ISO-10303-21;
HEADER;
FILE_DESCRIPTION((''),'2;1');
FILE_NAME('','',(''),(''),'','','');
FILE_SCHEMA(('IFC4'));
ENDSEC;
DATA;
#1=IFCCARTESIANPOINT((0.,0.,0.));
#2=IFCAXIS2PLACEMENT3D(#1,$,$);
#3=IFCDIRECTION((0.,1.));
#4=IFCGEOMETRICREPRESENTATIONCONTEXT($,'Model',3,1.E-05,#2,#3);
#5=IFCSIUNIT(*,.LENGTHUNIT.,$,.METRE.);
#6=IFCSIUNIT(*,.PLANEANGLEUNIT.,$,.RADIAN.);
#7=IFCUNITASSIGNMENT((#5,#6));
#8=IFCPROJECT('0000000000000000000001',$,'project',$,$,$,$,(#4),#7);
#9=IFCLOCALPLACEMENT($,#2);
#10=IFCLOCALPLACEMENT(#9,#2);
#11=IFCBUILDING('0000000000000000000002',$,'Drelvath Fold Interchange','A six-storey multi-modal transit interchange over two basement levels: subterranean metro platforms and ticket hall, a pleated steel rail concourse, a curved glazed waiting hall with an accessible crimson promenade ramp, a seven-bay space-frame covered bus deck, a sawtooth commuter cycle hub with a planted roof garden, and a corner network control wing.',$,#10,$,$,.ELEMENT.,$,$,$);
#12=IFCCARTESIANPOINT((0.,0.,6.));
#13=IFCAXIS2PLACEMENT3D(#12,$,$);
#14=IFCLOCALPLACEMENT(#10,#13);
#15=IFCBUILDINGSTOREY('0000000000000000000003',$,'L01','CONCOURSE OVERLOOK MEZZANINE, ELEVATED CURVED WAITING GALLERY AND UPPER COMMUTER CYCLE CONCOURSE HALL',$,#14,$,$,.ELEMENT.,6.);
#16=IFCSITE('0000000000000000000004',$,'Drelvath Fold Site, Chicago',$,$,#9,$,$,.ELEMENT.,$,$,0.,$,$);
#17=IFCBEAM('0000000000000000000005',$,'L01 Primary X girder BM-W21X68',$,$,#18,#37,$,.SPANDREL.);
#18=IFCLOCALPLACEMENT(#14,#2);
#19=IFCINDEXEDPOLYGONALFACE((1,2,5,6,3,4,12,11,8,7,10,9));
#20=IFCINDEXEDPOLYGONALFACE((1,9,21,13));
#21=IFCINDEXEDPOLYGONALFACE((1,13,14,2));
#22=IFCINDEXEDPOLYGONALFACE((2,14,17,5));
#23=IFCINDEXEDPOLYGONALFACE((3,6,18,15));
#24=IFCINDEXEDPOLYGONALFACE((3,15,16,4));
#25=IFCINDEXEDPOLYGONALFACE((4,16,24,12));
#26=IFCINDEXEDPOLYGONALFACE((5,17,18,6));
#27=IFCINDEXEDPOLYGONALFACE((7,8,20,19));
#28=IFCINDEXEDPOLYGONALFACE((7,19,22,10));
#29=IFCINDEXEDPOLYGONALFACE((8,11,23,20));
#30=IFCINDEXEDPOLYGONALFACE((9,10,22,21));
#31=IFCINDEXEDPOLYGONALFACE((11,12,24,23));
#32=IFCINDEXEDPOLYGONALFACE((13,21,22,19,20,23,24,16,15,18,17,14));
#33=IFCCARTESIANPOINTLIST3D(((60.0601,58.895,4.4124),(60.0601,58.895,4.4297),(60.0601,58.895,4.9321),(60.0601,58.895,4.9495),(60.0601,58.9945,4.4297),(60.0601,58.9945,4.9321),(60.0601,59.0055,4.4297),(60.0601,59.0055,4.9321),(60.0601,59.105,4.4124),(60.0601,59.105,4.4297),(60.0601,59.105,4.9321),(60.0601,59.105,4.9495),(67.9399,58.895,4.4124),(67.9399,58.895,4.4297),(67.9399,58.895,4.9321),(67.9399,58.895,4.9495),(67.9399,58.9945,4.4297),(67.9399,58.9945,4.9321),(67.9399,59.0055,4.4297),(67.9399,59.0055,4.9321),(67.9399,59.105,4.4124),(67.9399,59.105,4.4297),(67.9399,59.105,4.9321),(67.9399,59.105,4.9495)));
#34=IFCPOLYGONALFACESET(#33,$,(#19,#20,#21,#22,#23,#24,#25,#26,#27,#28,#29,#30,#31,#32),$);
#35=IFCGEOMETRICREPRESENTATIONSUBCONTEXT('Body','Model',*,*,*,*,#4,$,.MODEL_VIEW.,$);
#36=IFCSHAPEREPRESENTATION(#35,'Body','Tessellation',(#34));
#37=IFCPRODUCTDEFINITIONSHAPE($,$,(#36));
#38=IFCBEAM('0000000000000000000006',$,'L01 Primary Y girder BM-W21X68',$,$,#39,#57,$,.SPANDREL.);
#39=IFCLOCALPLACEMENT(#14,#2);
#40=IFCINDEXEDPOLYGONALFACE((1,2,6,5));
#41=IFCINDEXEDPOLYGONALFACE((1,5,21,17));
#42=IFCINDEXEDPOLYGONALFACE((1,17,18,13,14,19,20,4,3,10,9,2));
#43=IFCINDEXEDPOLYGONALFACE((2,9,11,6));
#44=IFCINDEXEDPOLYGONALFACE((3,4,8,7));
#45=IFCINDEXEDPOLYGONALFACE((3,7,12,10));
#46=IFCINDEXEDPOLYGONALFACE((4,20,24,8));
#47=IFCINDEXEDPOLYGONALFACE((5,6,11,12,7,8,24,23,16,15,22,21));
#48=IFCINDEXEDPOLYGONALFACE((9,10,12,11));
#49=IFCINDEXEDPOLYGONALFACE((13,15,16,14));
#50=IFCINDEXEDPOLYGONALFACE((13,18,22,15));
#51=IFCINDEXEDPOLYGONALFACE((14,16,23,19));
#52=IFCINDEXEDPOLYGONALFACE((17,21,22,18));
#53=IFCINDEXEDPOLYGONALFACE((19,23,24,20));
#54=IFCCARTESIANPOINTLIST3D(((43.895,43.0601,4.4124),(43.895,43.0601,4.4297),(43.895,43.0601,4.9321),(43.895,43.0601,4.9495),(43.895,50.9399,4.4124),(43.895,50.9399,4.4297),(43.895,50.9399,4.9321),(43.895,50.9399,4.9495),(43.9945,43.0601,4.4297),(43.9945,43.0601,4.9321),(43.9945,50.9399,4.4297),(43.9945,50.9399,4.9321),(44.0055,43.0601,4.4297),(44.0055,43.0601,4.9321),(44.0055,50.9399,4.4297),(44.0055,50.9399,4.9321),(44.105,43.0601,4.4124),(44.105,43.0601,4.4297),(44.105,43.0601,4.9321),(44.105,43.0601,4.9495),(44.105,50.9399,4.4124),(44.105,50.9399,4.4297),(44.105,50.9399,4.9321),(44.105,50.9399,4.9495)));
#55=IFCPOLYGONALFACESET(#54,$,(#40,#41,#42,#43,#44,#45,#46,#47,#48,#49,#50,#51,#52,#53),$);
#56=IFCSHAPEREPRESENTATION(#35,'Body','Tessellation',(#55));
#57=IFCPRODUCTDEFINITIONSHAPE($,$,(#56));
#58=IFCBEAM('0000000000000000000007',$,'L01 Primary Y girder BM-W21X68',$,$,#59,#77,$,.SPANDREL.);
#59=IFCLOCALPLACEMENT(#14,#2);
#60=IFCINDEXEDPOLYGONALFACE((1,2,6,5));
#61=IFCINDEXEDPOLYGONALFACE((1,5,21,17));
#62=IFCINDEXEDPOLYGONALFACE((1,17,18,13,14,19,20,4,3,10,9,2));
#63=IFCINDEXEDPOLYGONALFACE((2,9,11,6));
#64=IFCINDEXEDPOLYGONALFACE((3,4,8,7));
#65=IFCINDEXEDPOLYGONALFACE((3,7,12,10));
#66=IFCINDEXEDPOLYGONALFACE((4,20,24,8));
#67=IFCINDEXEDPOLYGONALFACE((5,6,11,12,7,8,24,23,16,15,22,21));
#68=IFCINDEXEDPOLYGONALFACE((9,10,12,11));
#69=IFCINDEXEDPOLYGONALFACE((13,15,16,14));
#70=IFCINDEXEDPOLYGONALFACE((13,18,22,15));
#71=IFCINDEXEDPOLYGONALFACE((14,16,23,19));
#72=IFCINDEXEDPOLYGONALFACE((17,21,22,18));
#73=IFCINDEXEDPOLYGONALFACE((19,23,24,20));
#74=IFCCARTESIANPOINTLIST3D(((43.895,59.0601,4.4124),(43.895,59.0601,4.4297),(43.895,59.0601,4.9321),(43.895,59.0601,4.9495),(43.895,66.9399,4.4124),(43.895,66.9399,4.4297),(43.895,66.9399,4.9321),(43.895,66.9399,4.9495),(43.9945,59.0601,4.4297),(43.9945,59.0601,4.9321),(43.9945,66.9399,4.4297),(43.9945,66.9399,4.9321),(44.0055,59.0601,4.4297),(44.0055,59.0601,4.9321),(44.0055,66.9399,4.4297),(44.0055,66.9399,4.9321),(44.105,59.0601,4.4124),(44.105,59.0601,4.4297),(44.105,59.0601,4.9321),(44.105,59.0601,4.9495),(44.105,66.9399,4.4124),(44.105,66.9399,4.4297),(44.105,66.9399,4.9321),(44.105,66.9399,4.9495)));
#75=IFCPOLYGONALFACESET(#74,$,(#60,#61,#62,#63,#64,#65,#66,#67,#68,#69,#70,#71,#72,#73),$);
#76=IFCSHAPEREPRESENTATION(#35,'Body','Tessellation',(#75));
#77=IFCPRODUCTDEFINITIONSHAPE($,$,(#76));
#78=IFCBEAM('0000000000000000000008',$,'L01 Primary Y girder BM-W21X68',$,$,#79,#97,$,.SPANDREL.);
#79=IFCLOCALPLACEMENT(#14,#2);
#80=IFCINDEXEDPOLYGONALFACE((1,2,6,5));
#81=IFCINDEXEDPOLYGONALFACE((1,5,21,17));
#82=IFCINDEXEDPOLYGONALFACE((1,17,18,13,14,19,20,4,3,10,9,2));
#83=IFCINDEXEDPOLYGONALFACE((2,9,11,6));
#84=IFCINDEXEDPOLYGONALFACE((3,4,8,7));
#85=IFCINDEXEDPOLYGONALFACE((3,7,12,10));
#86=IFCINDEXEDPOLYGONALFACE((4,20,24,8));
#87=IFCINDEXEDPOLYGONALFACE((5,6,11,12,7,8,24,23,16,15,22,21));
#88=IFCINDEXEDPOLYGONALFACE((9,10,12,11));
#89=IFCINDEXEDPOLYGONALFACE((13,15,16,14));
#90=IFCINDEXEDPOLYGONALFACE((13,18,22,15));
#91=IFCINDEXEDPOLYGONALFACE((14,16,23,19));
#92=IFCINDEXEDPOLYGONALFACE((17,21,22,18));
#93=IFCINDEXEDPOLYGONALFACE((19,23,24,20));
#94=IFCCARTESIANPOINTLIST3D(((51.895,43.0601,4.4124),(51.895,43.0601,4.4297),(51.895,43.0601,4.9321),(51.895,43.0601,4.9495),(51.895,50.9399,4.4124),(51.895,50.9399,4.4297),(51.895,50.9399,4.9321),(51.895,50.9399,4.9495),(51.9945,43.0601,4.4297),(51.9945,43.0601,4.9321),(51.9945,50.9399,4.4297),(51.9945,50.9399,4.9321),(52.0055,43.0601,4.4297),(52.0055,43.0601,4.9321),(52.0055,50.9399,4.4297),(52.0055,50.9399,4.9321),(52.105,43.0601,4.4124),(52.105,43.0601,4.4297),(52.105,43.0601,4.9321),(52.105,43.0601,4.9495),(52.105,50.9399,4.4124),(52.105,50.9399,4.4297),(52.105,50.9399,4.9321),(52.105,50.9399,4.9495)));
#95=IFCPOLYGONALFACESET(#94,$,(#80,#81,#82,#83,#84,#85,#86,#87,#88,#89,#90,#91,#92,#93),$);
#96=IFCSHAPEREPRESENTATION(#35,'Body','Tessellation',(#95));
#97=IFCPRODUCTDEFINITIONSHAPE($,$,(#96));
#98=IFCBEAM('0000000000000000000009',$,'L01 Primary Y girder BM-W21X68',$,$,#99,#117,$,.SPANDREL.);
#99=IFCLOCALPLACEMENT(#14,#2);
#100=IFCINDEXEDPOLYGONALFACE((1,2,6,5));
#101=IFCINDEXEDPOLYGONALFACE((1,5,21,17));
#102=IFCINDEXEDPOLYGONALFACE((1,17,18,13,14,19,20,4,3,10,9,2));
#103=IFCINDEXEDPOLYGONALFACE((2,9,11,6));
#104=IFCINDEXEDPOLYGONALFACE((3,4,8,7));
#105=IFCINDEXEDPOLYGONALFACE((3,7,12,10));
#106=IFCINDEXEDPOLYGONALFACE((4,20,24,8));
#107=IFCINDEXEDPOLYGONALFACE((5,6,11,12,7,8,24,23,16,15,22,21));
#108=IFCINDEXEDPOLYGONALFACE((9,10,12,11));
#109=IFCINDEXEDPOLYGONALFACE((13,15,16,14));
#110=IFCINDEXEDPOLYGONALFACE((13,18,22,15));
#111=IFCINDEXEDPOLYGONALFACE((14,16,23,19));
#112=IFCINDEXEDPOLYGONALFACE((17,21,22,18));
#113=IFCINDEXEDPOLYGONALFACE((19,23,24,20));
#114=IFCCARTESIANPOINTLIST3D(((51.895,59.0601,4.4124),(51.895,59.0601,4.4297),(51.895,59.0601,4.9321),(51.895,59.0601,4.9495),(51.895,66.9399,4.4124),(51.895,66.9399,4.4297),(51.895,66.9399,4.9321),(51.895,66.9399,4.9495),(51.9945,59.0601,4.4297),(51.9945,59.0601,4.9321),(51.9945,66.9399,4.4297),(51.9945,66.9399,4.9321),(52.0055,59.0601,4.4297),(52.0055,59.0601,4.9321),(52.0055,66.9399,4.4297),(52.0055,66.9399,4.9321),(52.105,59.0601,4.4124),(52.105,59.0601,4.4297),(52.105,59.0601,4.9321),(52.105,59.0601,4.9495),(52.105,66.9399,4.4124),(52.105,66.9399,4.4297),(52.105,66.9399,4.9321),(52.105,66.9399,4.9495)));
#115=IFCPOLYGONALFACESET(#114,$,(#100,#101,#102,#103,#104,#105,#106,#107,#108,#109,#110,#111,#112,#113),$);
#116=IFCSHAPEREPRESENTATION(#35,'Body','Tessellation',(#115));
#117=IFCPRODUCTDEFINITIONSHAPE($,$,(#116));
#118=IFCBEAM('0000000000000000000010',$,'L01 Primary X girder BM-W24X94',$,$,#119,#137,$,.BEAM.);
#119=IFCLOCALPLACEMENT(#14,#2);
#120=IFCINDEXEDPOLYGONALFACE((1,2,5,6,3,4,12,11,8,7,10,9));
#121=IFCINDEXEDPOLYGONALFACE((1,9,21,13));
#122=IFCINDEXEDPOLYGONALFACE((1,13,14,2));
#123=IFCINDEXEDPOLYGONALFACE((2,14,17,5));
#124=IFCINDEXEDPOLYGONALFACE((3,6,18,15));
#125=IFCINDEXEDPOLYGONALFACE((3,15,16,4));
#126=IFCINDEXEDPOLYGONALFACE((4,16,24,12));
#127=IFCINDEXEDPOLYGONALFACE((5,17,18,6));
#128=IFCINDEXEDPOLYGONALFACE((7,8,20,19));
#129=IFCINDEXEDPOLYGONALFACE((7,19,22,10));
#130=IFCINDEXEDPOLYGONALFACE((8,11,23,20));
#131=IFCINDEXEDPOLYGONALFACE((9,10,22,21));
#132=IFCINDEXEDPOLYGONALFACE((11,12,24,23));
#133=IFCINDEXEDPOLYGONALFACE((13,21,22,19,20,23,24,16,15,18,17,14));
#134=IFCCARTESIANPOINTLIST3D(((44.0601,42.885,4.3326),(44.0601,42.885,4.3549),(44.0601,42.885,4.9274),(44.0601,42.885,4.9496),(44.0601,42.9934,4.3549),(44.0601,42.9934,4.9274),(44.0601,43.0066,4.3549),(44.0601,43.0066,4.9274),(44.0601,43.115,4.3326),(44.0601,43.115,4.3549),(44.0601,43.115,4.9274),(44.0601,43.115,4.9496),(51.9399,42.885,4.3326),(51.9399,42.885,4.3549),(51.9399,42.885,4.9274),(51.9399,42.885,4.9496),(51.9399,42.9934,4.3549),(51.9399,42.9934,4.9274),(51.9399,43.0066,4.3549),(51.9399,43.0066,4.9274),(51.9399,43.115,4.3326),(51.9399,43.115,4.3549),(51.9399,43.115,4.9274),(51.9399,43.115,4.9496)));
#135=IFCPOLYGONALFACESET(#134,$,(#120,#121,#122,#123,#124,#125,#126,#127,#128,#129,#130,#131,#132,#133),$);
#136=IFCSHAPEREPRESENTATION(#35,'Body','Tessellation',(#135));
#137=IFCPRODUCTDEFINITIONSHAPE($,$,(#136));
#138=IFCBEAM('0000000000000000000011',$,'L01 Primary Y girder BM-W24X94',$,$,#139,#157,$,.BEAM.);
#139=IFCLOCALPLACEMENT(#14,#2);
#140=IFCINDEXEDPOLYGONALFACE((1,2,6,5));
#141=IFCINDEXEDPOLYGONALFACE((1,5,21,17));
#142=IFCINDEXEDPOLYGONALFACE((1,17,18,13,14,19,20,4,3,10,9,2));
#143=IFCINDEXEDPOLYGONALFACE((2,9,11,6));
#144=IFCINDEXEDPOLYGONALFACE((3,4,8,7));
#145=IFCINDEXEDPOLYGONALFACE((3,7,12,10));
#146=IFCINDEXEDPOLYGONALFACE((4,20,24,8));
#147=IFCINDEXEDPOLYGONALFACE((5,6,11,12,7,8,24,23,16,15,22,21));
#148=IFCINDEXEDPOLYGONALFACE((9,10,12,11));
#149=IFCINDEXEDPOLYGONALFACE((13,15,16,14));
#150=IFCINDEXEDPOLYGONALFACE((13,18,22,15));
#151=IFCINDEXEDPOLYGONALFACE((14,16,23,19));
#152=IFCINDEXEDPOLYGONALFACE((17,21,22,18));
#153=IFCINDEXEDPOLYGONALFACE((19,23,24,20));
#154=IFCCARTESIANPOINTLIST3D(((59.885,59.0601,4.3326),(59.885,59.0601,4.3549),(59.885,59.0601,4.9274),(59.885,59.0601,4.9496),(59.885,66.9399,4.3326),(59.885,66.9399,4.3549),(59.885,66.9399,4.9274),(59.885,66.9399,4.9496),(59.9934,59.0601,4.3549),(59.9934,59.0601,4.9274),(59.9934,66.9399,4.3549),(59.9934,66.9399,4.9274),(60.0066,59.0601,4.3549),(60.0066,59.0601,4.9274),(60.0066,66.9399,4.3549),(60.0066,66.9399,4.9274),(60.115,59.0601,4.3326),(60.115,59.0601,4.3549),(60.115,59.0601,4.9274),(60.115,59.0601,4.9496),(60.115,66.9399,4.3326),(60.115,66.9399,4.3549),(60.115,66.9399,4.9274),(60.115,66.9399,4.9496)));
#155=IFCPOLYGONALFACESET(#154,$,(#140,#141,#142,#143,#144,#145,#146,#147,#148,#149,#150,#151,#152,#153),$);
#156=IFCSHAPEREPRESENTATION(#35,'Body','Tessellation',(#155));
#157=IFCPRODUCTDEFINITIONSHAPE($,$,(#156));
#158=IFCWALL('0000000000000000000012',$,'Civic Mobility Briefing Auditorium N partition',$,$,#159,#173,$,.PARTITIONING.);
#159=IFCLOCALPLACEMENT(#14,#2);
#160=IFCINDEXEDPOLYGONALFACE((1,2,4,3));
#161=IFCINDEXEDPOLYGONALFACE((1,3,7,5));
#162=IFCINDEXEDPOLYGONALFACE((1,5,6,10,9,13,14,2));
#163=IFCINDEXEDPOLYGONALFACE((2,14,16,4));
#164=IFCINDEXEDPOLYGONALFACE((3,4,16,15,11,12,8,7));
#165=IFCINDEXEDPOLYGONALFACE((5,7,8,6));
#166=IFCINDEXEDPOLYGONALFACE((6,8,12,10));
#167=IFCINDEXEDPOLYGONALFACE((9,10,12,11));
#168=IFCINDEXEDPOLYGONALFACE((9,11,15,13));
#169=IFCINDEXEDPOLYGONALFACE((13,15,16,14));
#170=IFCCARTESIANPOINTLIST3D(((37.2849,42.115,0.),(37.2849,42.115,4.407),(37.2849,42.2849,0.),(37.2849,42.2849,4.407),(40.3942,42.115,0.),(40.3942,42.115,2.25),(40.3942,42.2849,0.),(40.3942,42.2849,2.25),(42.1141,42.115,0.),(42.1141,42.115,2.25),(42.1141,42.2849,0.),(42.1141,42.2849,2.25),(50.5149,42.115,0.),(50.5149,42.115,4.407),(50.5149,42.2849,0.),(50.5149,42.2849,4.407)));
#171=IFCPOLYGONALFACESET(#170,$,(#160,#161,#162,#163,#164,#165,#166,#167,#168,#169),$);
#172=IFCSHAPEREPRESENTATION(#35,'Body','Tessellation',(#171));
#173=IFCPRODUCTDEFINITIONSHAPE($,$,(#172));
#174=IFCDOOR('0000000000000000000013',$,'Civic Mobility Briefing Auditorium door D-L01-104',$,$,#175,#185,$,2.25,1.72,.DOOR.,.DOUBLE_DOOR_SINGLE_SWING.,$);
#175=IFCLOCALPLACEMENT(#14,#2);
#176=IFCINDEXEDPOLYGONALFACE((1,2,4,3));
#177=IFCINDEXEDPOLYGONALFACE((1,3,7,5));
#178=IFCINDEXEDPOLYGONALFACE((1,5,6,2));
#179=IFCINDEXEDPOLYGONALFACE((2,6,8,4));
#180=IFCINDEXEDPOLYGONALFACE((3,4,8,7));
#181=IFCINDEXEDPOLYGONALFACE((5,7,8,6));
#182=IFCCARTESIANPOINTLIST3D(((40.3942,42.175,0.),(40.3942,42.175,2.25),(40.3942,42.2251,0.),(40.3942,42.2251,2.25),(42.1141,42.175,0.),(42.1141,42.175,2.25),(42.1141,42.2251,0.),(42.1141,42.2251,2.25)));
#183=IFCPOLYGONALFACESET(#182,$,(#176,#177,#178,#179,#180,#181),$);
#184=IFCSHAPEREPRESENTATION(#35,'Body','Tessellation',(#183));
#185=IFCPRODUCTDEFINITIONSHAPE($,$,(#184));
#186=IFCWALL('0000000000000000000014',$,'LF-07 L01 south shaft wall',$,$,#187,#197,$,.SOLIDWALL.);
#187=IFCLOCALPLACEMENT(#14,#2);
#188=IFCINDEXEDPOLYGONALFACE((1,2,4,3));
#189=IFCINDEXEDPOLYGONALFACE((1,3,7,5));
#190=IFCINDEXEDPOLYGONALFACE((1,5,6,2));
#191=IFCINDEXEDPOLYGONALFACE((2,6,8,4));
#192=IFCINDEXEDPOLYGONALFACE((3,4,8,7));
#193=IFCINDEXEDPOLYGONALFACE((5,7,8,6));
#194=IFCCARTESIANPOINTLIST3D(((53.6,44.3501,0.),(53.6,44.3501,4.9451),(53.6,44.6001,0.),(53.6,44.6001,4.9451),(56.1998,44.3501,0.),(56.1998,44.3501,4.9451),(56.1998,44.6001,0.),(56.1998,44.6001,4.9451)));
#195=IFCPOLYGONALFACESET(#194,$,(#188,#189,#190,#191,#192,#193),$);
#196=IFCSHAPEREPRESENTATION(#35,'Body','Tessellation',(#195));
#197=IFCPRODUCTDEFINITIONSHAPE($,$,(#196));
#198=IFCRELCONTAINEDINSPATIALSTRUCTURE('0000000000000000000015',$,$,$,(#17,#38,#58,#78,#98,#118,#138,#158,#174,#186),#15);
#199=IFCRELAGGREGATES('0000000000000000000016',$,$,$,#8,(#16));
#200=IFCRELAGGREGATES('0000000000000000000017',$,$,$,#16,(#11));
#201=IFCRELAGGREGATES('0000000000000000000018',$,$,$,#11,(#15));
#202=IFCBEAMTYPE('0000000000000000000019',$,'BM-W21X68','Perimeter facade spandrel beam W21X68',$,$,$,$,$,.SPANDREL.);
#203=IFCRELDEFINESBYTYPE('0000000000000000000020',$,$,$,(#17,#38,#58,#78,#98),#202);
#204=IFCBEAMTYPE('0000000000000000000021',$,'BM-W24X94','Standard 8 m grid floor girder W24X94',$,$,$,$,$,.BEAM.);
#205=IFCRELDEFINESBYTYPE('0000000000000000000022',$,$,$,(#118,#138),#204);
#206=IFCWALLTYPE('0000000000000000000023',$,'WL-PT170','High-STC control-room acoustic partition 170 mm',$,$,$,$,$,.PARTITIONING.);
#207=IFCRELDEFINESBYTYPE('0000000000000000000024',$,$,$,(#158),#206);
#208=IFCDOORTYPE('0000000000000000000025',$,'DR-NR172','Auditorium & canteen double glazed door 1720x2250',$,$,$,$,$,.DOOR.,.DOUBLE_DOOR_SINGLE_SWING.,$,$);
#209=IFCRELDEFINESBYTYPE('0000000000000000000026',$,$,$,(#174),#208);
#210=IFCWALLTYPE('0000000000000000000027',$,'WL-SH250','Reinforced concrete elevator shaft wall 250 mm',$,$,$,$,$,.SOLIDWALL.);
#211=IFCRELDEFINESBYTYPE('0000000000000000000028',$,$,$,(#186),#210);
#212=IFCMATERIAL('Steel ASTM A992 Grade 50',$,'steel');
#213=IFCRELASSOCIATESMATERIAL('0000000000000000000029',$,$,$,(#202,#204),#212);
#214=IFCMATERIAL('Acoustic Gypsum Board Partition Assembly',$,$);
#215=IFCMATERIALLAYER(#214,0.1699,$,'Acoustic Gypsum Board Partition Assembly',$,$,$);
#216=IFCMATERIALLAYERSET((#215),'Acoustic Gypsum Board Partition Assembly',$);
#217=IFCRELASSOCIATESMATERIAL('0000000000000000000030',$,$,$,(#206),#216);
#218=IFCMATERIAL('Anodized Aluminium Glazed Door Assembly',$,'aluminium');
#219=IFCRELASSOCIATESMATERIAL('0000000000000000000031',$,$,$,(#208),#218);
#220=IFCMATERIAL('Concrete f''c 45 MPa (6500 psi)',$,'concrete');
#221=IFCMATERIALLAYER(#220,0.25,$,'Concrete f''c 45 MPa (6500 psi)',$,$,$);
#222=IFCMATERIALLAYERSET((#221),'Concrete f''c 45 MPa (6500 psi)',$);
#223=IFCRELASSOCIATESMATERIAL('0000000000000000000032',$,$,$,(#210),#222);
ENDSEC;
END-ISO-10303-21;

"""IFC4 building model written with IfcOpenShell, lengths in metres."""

from ifc_helpers import new_model, si_unit, direction, frame, frame_2d, origin, origin_2d, place, context, subcontext, project, spatial, rectangle, i_section, extrude, material, layer, layer_set, material_profile, profile_set, type_object, element, fill, save


model = new_model("IFC4")

# Units and contexts
model_context = context("Model", 3, precision=1e-05, world=origin(), true_north=direction((0.0, 1.0)))
body_context = subcontext(model_context, "Body", "Model", "MODEL_VIEW")
ifc_project = project(units=[si_unit("LENGTHUNIT", "METRE"), si_unit("PLANEANGLEUNIT", "RADIAN")], contexts=[model_context])

# Site, building, storey
site_placement = place(None, origin())
site = spatial("IfcSite", under=ifc_project, at=site_placement, Name="Drelvath Fold Site, Chicago", CompositionType="ELEMENT", RefElevation=0.0)
building_placement = place(site_placement, origin())
building = spatial("IfcBuilding", under=site, at=building_placement, Name="Drelvath Fold Interchange", Description="A six-storey multi-modal transit interchange over two basement levels: subterranean metro platforms and ticket hall, a pleated steel rail concourse, a curved glazed waiting hall with an accessible crimson promenade ramp, a seven-bay space-frame covered bus deck, a sawtooth commuter cycle hub with a planted roof garden, and a corner network control wing.", CompositionType="ELEMENT")
storey_placement = place(building_placement, frame((0.0, 0.0, 6.0)))
storey = spatial("IfcBuildingStorey", under=building, at=storey_placement, Name="L01", Description="CONCOURSE OVERLOOK MEZZANINE, ELEVATED CURVED WAITING GALLERY AND UPPER COMMUTER CYCLE CONCOURSE HALL", CompositionType="ELEMENT", Elevation=6.0)

# Shared definitions
ifc_material_1 = material(Name="Steel ASTM A992 Grade 50", Category="steel")

# Beams
ifc_material_profile_1 = material_profile(ifc_material_1, i_section(OverallWidth=0.21, OverallDepth=0.5371, WebThickness=0.011, FlangeThickness=0.0173, at=origin_2d()), Name="W21X68")
ifc_profile_set_1 = profile_set([ifc_material_profile_1], Name="Steel ASTM A992 Grade 50")
beam_type_1 = type_object("IfcBeamType", Name="BM-W21X68", Description="Perimeter facade spandrel beam W21X68", PredefinedType="SPANDREL", material=ifc_profile_set_1)
for number, where, z_axis, x_axis, name in (
    (1, (60.0601, 59.0, 4.6809), (1.0, 0.0, 0.0), (0.0, 1.0, 0.0), "L01 Primary X girder BM-W21X68"),
    (2, (44.0, 43.0601, 4.6809), (0.0, 1.0, 0.0), (-1.0, 0.0, 0.0), "L01 Primary Y girder BM-W21X68"),
    (3, (44.0, 59.0601, 4.6809), (0.0, 1.0, 0.0), (-1.0, 0.0, 0.0), "L01 Primary Y girder BM-W21X68"),
    (4, (52.0, 43.0601, 4.6809), (0.0, 1.0, 0.0), (-1.0, 0.0, 0.0), "L01 Primary Y girder BM-W21X68"),
    (5, (52.0, 59.0601, 4.6809), (0.0, 1.0, 0.0), (-1.0, 0.0, 0.0), "L01 Primary Y girder BM-W21X68"),
):
    element("IfcBeam", number, at=place(storey_placement, frame(where, z_axis=z_axis, x_axis=x_axis)), inside=storey, type_object=beam_type_1, Name=name, PredefinedType="SPANDREL", context=body_context, shape_type="SweptSolid", body=[
        extrude(i_section(OverallWidth=0.21, OverallDepth=0.5371, WebThickness=0.011, FlangeThickness=0.0173, at=origin_2d()), origin(), (0.0, 0.0, 1.0), 7.8799),
    ])
ifc_material_profile_2 = material_profile(ifc_material_1, i_section(OverallWidth=0.23, OverallDepth=0.6169, WebThickness=0.0132, FlangeThickness=0.0222, at=origin_2d()), Name="W24X94")
ifc_profile_set_2 = profile_set([ifc_material_profile_2], Name="Steel ASTM A992 Grade 50")
beam_type_2 = type_object("IfcBeamType", Name="BM-W24X94", Description="Standard 8 m grid floor girder W24X94", PredefinedType="BEAM", material=ifc_profile_set_2)
for number, where, z_axis, x_axis, name in (
    (6, (44.0601, 43.0, 4.6411), (1.0, 0.0, 0.0), (0.0, 1.0, 0.0), "L01 Primary X girder BM-W24X94"),
    (7, (60.0, 59.0601, 4.6411), (0.0, 1.0, 0.0), (-1.0, 0.0, 0.0), "L01 Primary Y girder BM-W24X94"),
):
    element("IfcBeam", number, at=place(storey_placement, frame(where, z_axis=z_axis, x_axis=x_axis)), inside=storey, type_object=beam_type_2, Name=name, PredefinedType="BEAM", context=body_context, shape_type="SweptSolid", body=[
        extrude(i_section(OverallWidth=0.23, OverallDepth=0.6169, WebThickness=0.0132, FlangeThickness=0.0222, at=origin_2d()), origin(), (0.0, 0.0, 1.0), 7.8799),
    ])

# Wall, opening, door
ifc_material_2 = material(Name="Acoustic Gypsum Board Partition Assembly")
ifc_layer_1 = layer(ifc_material_2, 0.1699, Name="Acoustic Gypsum Board Partition Assembly")
ifc_layer_set_1 = layer_set([ifc_layer_1], Name="Acoustic Gypsum Board Partition Assembly")
wall_type_1 = type_object("IfcWallType", Name="WL-PT170", Description="High-STC control-room acoustic partition 170 mm", PredefinedType="PARTITIONING", material=ifc_layer_set_1)
wall_1_placement = place(storey_placement, frame((50.5149, 42.2, 0.0), z_axis=(0.0, 0.0, 1.0), x_axis=(-1.0, 0.0, 0.0)))
wall_1 = element("IfcWall", 8, at=wall_1_placement, inside=storey, type_object=wall_type_1, Name="Civic Mobility Briefing Auditorium N partition", PredefinedType="PARTITIONING", context=body_context, shape_type="SweptSolid", body=[
    extrude(rectangle(XDim=13.23, YDim=0.1699, at=frame_2d((6.615, 0.0))), origin(), (0.0, 0.0, 1.0), 4.407),
])
opening_1_placement = place(wall_1_placement, frame((8.4009, 0.0, 0.0)))
opening_1 = element("IfcOpeningElement", 9, at=opening_1_placement, cuts=wall_1, PredefinedType="OPENING", context=body_context, shape_type="SweptSolid", body=[
    extrude(rectangle(XDim=1.72, YDim=2.25, at=frame_2d((0.8599, 1.125))), frame((0.0, 0.095, 0.0), z_axis=(0.0, -1.0, 0.0), x_axis=(1.0, 0.0, 0.0)), (0.0, 0.0, 1.0), 0.1899),
])
ifc_material_3 = material(Name="Anodized Aluminium Glazed Door Assembly", Category="aluminium")
door_type_1 = type_object("IfcDoorType", Name="DR-NR172", Description="Auditorium & canteen double glazed door 1720x2250", OperationType="DOUBLE_DOOR_SINGLE_SWING", PredefinedType="DOOR", material=ifc_material_3)
door_1_placement = place(opening_1_placement, origin())
door_1 = element("IfcDoor", 10, at=door_1_placement, inside=storey, type_object=door_type_1, Name="Civic Mobility Briefing Auditorium door D-L01-104", OperationType="DOUBLE_DOOR_SINGLE_SWING", OverallHeight=2.25, OverallWidth=1.72, PredefinedType="DOOR", context=body_context, shape_type="SweptSolid", body=[
    extrude(rectangle(XDim=1.72, YDim=2.25, at=frame_2d((0.8599, 1.125))), frame((0.0, 0.0249, 0.0), z_axis=(0.0, -1.0, 0.0), x_axis=(1.0, 0.0, 0.0)), (0.0, 0.0, 1.0), 0.05),
])
fill(opening_1, door_1)

# Wall
ifc_material_4 = material(Name="Concrete f'c 45 MPa (6500 psi)", Category="concrete")
ifc_layer_2 = layer(ifc_material_4, 0.25, Name="Concrete f'c 45 MPa (6500 psi)")
ifc_layer_set_2 = layer_set([ifc_layer_2], Name="Concrete f'c 45 MPa (6500 psi)")
wall_type_2 = type_object("IfcWallType", Name="WL-SH250", Description="Reinforced concrete elevator shaft wall 250 mm", PredefinedType="SOLIDWALL", material=ifc_layer_set_2)
for number, where, z_axis, x_axis, name in (
    (11, (53.6001, 44.4751, 0.0), (0.0, 0.0, 1.0), (1.0, 0.0, 0.0), "LF-07 L01 south shaft wall"),
):
    element("IfcWall", number, at=place(storey_placement, frame(where, z_axis=z_axis, x_axis=x_axis)), inside=storey, type_object=wall_type_2, Name=name, PredefinedType="SOLIDWALL", context=body_context, shape_type="SweptSolid", body=[
        extrude(rectangle(XDim=2.5999, YDim=0.25, at=frame_2d((1.2998, 0.0))), origin(), (0.0, 0.0, 1.0), 4.9451),
    ])

save(model, "model.ifc")
